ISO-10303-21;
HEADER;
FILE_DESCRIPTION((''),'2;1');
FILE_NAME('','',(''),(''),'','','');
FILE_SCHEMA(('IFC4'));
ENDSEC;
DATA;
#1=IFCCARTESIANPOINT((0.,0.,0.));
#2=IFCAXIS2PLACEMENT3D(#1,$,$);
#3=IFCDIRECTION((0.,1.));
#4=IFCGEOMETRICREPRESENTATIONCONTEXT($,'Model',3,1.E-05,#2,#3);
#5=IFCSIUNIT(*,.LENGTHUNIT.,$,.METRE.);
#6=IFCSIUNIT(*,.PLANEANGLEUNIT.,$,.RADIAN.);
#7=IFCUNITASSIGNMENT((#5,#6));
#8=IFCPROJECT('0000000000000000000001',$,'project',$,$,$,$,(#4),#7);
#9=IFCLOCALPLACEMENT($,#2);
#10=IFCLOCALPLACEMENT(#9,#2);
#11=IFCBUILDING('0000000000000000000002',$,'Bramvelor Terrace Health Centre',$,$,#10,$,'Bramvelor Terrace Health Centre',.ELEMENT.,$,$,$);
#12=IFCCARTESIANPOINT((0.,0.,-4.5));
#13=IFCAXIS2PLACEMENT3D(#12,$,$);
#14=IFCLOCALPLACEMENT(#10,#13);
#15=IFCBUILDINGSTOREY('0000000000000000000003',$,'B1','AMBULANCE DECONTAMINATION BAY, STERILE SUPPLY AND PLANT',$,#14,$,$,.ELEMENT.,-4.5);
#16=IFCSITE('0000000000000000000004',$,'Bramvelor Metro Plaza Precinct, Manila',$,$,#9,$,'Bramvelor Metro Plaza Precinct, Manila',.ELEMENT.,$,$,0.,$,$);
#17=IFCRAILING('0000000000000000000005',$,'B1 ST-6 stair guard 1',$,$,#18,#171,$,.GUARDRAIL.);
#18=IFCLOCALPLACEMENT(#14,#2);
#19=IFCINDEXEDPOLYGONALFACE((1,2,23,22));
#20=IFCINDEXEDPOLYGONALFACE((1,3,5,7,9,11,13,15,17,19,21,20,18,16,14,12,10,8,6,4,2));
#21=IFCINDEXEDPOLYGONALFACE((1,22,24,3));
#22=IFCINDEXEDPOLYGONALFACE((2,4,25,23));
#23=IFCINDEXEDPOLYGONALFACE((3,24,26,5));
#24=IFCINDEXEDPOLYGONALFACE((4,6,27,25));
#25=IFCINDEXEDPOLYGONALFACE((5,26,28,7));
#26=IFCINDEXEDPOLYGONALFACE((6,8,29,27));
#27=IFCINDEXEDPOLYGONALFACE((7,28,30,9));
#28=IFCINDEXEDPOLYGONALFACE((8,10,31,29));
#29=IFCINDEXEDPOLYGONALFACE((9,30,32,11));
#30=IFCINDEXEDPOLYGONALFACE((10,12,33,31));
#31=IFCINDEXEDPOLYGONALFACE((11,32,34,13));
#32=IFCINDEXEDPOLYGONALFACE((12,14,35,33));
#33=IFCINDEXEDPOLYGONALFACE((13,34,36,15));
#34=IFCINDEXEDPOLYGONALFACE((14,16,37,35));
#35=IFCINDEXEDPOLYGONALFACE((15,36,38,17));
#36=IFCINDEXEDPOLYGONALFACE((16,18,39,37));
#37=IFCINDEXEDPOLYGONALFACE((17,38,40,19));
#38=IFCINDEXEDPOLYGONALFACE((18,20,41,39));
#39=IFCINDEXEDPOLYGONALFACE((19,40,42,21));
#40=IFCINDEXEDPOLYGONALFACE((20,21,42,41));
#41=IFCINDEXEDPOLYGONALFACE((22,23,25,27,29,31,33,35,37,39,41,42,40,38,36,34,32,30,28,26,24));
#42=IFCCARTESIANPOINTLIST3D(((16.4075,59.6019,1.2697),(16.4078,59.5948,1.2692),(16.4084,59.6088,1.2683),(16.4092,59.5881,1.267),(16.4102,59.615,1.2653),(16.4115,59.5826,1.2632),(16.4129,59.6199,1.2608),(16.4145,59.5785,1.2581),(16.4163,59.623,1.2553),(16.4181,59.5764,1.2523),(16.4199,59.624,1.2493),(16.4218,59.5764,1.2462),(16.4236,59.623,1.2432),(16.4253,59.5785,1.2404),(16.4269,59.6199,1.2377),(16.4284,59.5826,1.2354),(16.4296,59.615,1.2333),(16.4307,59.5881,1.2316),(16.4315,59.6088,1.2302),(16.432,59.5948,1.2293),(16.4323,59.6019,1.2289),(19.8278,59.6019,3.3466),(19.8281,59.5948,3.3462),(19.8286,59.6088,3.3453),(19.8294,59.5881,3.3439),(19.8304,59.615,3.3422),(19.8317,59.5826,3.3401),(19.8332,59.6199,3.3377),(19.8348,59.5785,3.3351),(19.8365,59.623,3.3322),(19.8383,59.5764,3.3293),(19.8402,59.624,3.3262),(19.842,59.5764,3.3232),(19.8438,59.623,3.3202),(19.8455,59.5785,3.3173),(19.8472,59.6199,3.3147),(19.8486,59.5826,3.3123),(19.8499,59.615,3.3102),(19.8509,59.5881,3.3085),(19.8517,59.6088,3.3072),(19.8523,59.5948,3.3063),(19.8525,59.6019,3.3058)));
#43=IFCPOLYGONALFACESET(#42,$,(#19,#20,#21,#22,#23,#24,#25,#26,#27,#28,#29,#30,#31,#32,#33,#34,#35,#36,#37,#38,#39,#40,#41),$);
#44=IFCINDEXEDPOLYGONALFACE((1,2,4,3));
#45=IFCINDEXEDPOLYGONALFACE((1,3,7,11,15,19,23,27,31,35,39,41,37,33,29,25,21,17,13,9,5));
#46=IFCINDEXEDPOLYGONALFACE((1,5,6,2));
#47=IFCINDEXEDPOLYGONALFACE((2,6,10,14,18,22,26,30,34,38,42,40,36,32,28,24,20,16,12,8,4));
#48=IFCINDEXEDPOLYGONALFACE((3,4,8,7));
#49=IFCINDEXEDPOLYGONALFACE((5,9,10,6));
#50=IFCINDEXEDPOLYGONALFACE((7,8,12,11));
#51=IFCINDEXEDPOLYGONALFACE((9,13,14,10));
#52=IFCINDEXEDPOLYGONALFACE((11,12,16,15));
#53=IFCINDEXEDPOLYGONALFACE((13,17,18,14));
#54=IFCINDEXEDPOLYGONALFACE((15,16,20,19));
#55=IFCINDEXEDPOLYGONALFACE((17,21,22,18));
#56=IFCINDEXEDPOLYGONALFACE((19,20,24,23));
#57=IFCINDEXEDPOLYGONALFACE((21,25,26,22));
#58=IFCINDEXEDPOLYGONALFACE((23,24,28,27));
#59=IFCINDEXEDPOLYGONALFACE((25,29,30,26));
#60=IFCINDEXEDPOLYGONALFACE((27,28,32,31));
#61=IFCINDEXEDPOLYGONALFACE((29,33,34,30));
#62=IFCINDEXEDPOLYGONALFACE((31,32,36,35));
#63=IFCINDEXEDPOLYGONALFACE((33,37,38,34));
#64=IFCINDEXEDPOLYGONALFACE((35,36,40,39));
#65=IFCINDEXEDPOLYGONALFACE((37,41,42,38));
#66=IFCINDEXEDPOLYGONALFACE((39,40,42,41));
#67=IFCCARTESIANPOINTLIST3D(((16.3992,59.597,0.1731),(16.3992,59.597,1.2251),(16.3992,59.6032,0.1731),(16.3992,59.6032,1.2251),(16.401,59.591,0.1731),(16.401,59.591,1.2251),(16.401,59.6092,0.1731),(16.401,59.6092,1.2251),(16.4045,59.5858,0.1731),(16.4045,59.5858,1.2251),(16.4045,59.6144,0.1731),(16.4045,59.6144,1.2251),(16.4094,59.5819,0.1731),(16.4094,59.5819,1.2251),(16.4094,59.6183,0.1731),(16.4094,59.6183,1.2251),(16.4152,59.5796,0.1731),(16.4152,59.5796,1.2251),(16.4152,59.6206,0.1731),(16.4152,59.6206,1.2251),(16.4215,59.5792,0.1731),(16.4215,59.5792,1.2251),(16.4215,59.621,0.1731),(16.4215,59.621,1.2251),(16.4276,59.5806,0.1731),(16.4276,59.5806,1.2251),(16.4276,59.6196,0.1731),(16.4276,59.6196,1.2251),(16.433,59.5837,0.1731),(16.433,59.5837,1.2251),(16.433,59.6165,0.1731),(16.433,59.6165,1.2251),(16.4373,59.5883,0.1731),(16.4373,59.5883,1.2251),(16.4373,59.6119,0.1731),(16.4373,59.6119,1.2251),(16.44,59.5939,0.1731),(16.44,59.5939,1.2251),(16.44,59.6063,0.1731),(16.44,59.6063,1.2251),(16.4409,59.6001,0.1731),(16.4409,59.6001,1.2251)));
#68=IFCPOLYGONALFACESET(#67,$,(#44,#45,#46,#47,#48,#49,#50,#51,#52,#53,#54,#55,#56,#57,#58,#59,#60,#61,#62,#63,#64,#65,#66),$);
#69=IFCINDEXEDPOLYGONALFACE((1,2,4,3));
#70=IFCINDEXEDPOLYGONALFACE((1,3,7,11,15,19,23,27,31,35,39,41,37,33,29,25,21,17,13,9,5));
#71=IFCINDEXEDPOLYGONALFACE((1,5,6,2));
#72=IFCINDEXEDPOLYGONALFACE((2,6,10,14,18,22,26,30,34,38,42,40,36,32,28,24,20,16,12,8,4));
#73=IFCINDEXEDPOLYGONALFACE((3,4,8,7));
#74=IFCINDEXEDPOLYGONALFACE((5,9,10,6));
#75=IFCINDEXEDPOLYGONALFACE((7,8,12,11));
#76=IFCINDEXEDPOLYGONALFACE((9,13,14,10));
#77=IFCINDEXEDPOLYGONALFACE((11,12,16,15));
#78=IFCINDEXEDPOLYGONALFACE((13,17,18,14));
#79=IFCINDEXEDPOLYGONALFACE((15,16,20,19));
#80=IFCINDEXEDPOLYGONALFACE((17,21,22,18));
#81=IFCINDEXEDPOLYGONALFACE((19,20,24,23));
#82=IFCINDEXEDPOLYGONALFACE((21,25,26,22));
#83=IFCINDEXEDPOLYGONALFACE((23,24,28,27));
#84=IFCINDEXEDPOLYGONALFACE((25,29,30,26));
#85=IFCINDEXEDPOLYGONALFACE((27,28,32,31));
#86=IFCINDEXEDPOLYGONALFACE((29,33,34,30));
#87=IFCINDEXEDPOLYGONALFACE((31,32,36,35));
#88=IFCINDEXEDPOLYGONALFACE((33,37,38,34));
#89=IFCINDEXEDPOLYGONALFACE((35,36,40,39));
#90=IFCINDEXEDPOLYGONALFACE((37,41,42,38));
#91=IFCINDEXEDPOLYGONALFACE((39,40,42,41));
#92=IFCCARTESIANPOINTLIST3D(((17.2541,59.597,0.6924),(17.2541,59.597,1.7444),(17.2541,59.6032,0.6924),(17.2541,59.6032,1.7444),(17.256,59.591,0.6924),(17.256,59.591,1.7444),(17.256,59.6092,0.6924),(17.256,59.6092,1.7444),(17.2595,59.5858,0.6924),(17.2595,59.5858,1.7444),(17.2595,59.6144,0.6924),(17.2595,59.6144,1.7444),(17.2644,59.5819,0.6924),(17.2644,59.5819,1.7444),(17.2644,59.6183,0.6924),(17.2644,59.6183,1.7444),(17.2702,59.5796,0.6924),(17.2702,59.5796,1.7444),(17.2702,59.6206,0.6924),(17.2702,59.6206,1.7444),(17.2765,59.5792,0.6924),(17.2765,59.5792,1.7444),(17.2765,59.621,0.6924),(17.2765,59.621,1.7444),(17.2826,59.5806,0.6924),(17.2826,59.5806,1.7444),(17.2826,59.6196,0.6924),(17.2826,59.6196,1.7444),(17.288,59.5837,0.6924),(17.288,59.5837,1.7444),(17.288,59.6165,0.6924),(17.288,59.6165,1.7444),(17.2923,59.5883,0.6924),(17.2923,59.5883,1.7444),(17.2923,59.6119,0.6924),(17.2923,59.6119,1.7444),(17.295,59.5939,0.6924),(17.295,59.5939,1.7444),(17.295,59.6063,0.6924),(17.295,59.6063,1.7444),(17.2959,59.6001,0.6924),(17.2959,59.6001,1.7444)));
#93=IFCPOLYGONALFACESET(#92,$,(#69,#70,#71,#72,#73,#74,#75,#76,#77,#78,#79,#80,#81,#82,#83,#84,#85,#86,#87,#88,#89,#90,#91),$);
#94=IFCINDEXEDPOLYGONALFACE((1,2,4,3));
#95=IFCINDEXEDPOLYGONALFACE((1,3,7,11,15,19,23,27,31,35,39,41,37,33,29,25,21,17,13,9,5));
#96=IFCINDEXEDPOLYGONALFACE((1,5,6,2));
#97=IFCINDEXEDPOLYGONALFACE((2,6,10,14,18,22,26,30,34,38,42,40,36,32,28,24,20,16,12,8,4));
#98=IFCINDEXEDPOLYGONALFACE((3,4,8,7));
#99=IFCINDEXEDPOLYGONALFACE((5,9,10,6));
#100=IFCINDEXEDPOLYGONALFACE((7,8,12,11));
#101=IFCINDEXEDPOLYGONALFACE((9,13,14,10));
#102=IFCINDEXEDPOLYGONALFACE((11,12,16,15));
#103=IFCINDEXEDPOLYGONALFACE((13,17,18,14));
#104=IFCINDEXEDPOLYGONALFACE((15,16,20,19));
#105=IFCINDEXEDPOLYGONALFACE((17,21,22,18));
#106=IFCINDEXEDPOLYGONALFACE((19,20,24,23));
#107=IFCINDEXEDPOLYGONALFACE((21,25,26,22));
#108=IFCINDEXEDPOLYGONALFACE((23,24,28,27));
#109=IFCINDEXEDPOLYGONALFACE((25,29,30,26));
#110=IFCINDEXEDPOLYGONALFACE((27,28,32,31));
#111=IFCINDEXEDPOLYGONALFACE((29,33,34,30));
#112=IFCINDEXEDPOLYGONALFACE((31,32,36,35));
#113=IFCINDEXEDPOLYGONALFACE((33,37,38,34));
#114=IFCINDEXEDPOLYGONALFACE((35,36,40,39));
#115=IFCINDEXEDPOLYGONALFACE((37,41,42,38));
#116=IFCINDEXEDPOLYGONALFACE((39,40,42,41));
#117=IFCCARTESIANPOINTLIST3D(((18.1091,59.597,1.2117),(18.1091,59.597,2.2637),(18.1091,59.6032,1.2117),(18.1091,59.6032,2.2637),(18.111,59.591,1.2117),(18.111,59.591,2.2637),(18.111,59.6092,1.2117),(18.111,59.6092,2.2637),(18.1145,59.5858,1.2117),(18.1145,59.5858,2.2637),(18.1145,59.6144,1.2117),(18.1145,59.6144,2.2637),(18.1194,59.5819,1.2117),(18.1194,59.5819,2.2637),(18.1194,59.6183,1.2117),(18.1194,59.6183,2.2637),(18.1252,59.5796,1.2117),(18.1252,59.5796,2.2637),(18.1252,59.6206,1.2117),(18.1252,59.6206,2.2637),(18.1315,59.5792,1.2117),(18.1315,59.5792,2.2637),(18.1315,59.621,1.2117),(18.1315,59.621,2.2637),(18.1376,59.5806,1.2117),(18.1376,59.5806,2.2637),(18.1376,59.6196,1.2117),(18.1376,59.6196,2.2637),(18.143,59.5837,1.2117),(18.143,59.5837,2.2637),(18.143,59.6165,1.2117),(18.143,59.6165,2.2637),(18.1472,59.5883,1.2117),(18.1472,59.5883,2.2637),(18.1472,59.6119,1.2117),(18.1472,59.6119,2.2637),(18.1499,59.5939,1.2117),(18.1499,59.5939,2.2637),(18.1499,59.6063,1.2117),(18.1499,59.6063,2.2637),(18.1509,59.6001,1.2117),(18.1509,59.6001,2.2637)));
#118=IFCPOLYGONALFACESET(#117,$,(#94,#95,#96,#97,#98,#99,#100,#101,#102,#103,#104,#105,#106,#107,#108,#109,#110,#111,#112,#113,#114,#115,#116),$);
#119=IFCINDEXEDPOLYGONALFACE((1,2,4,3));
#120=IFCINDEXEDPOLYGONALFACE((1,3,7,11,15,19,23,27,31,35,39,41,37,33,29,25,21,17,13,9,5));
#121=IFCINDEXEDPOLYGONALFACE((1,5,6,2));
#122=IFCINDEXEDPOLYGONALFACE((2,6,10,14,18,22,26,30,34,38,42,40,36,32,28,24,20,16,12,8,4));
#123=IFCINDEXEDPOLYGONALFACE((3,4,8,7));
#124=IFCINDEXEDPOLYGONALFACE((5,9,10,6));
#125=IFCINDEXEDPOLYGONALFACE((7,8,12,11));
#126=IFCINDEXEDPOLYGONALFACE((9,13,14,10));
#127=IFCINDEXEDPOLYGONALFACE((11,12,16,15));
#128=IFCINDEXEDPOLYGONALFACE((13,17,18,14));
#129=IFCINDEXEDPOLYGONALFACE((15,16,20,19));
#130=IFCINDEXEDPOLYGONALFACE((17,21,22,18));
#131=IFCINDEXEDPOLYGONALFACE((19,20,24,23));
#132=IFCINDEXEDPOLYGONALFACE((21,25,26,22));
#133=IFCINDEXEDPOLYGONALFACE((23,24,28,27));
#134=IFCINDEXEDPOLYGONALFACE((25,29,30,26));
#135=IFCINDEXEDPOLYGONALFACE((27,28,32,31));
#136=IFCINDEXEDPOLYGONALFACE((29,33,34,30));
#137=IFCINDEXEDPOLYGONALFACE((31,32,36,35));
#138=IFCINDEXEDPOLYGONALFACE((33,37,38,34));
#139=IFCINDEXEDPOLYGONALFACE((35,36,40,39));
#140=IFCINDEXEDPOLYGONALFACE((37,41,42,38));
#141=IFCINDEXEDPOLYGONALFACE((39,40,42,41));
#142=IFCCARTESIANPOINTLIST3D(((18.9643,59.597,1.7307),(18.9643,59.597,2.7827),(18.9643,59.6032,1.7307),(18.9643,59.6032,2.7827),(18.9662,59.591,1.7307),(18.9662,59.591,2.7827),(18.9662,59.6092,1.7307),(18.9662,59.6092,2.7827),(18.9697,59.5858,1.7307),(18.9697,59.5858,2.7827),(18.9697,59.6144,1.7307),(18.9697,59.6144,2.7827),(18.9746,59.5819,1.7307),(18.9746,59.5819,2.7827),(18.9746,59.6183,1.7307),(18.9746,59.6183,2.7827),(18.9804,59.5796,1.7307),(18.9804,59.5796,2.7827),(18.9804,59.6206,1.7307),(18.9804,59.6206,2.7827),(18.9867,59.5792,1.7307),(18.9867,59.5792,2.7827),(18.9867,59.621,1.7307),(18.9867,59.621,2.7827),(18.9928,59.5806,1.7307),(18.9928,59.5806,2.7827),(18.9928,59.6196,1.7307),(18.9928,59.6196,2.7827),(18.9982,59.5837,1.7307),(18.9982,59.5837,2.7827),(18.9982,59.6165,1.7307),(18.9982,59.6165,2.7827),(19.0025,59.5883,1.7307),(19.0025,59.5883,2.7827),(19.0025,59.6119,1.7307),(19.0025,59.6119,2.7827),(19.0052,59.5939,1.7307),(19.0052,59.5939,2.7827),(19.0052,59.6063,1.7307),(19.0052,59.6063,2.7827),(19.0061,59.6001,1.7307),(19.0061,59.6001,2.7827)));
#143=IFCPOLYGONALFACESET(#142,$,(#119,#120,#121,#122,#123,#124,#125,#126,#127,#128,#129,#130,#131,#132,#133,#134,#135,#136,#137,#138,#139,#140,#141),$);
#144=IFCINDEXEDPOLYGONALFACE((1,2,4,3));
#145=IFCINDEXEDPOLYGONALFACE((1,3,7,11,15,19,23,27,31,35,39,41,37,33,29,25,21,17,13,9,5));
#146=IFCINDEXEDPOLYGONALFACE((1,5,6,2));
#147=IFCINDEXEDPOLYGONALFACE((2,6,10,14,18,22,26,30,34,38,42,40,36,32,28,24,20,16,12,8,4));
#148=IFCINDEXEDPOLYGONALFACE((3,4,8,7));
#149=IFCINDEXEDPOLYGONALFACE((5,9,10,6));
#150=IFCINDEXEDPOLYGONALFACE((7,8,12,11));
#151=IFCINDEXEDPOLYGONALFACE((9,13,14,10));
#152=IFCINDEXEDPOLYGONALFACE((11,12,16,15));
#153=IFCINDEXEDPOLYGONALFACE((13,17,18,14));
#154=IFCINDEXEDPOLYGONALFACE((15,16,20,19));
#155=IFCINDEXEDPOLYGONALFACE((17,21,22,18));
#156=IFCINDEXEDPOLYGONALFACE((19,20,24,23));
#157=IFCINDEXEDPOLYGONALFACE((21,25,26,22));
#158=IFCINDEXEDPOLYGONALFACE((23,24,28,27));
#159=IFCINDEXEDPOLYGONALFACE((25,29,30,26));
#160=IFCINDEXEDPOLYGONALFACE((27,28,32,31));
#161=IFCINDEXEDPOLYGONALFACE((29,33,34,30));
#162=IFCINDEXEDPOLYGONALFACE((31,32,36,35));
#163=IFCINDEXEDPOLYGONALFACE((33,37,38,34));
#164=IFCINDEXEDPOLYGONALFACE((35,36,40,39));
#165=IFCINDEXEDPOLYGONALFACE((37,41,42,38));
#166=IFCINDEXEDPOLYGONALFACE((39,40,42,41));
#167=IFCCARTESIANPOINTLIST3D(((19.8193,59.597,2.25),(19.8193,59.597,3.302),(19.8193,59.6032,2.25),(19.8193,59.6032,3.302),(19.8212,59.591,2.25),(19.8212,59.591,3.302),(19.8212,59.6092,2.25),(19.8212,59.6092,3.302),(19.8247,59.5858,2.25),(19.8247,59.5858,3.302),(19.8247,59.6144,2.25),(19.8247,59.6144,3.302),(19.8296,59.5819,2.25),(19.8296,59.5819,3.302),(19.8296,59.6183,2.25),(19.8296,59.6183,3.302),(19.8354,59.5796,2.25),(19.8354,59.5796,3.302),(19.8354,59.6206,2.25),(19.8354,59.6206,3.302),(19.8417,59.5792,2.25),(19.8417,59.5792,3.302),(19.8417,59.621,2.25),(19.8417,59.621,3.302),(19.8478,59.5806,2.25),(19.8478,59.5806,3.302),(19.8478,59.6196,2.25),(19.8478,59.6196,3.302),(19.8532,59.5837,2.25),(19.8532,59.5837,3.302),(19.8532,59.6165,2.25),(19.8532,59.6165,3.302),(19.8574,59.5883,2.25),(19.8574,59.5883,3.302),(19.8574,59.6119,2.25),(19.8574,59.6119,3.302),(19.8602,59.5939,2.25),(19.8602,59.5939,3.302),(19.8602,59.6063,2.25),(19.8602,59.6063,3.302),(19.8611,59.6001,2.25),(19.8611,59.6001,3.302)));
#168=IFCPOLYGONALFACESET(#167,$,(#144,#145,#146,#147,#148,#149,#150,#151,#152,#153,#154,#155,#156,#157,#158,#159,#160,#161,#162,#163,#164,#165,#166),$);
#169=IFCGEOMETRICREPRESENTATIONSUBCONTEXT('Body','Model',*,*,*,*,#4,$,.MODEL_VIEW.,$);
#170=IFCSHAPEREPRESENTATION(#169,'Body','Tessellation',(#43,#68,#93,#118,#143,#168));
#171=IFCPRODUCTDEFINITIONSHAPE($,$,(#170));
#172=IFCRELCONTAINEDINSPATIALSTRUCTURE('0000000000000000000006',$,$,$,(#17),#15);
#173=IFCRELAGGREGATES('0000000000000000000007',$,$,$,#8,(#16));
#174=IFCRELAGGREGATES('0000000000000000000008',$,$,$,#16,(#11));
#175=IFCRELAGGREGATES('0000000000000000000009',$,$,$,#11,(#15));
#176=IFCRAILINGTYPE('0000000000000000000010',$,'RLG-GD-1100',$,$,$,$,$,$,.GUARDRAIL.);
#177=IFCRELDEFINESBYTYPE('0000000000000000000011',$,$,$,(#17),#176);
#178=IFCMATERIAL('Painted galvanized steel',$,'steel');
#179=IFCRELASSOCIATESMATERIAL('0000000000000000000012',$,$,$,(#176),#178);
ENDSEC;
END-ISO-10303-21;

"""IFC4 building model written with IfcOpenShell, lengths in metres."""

from ifc_helpers import new_model, si_unit, direction, frame, origin, origin_2d, place, context, subcontext, project, spatial, circle, extrude, material, type_object, element, save


model = new_model("IFC4")

# Units and contexts
model_context = context("Model", 3, precision=1e-05, world=origin(), true_north=direction((0.0, 1.0)))
body_context = subcontext(model_context, "Body", "Model", "MODEL_VIEW")
ifc_project = project(units=[si_unit("LENGTHUNIT", "METRE"), si_unit("PLANEANGLEUNIT", "RADIAN")], contexts=[model_context])

# Site, building, storey
site_placement = place(None, origin())
site = spatial("IfcSite", under=ifc_project, at=site_placement, Name="Bramvelor Metro Plaza Precinct, Manila", LongName="Bramvelor Metro Plaza Precinct, Manila", CompositionType="ELEMENT", RefElevation=0.0)
building_placement = place(site_placement, origin())
building = spatial("IfcBuilding", under=site, at=building_placement, Name="Bramvelor Terrace Health Centre", LongName="Bramvelor Terrace Health Centre", CompositionType="ELEMENT")
storey_placement = place(building_placement, frame((0.0, 0.0, -4.5)))
storey = spatial("IfcBuildingStorey", under=building, at=storey_placement, Name="B1", Description="AMBULANCE DECONTAMINATION BAY, STERILE SUPPLY AND PLANT", CompositionType="ELEMENT", Elevation=-4.5)

# Railing
ifc_material_1 = material(Name="Painted galvanized steel", Category="steel")
railing_type_1 = type_object("IfcRailingType", Name="RLG-GD-1100", PredefinedType="GUARDRAIL", material=ifc_material_1)
railing_1_placement = place(storey_placement, frame((16.4199, 59.6001, 0.1731)))
element("IfcRailing", 1, at=railing_1_placement, inside=storey, type_object=railing_type_1, Name="B1 ST-6 stair guard 1", PredefinedType="GUARDRAIL", context=body_context, shape_type="SweptSolid", body=[
    extrude(circle(Radius=0.0239, at=origin_2d()), frame((0.0, 0.0, 1.0762), z_axis=(0.854746, 0.0, 0.519047), x_axis=(0.0, 1.0, 0.0)), (0.0, 0.0, 1.0), 4.0015),
    extrude(circle(Radius=0.021, at=origin_2d()), origin(), (0.0, 0.0, 1.0), 1.052),
    extrude(circle(Radius=0.021, at=origin_2d()), frame((0.855, 0.0, 0.5193)), (0.0, 0.0, 1.0), 1.052),
    extrude(circle(Radius=0.021, at=origin_2d()), frame((1.71, 0.0, 1.0386)), (0.0, 0.0, 1.0), 1.052),
    extrude(circle(Radius=0.021, at=origin_2d()), frame((2.5652, 0.0, 1.5576)), (0.0, 0.0, 1.0), 1.052),
    extrude(circle(Radius=0.021, at=origin_2d()), frame((3.4202, 0.0, 2.0769)), (0.0, 0.0, 1.0), 1.052),
])

save(model, "model.ifc")
